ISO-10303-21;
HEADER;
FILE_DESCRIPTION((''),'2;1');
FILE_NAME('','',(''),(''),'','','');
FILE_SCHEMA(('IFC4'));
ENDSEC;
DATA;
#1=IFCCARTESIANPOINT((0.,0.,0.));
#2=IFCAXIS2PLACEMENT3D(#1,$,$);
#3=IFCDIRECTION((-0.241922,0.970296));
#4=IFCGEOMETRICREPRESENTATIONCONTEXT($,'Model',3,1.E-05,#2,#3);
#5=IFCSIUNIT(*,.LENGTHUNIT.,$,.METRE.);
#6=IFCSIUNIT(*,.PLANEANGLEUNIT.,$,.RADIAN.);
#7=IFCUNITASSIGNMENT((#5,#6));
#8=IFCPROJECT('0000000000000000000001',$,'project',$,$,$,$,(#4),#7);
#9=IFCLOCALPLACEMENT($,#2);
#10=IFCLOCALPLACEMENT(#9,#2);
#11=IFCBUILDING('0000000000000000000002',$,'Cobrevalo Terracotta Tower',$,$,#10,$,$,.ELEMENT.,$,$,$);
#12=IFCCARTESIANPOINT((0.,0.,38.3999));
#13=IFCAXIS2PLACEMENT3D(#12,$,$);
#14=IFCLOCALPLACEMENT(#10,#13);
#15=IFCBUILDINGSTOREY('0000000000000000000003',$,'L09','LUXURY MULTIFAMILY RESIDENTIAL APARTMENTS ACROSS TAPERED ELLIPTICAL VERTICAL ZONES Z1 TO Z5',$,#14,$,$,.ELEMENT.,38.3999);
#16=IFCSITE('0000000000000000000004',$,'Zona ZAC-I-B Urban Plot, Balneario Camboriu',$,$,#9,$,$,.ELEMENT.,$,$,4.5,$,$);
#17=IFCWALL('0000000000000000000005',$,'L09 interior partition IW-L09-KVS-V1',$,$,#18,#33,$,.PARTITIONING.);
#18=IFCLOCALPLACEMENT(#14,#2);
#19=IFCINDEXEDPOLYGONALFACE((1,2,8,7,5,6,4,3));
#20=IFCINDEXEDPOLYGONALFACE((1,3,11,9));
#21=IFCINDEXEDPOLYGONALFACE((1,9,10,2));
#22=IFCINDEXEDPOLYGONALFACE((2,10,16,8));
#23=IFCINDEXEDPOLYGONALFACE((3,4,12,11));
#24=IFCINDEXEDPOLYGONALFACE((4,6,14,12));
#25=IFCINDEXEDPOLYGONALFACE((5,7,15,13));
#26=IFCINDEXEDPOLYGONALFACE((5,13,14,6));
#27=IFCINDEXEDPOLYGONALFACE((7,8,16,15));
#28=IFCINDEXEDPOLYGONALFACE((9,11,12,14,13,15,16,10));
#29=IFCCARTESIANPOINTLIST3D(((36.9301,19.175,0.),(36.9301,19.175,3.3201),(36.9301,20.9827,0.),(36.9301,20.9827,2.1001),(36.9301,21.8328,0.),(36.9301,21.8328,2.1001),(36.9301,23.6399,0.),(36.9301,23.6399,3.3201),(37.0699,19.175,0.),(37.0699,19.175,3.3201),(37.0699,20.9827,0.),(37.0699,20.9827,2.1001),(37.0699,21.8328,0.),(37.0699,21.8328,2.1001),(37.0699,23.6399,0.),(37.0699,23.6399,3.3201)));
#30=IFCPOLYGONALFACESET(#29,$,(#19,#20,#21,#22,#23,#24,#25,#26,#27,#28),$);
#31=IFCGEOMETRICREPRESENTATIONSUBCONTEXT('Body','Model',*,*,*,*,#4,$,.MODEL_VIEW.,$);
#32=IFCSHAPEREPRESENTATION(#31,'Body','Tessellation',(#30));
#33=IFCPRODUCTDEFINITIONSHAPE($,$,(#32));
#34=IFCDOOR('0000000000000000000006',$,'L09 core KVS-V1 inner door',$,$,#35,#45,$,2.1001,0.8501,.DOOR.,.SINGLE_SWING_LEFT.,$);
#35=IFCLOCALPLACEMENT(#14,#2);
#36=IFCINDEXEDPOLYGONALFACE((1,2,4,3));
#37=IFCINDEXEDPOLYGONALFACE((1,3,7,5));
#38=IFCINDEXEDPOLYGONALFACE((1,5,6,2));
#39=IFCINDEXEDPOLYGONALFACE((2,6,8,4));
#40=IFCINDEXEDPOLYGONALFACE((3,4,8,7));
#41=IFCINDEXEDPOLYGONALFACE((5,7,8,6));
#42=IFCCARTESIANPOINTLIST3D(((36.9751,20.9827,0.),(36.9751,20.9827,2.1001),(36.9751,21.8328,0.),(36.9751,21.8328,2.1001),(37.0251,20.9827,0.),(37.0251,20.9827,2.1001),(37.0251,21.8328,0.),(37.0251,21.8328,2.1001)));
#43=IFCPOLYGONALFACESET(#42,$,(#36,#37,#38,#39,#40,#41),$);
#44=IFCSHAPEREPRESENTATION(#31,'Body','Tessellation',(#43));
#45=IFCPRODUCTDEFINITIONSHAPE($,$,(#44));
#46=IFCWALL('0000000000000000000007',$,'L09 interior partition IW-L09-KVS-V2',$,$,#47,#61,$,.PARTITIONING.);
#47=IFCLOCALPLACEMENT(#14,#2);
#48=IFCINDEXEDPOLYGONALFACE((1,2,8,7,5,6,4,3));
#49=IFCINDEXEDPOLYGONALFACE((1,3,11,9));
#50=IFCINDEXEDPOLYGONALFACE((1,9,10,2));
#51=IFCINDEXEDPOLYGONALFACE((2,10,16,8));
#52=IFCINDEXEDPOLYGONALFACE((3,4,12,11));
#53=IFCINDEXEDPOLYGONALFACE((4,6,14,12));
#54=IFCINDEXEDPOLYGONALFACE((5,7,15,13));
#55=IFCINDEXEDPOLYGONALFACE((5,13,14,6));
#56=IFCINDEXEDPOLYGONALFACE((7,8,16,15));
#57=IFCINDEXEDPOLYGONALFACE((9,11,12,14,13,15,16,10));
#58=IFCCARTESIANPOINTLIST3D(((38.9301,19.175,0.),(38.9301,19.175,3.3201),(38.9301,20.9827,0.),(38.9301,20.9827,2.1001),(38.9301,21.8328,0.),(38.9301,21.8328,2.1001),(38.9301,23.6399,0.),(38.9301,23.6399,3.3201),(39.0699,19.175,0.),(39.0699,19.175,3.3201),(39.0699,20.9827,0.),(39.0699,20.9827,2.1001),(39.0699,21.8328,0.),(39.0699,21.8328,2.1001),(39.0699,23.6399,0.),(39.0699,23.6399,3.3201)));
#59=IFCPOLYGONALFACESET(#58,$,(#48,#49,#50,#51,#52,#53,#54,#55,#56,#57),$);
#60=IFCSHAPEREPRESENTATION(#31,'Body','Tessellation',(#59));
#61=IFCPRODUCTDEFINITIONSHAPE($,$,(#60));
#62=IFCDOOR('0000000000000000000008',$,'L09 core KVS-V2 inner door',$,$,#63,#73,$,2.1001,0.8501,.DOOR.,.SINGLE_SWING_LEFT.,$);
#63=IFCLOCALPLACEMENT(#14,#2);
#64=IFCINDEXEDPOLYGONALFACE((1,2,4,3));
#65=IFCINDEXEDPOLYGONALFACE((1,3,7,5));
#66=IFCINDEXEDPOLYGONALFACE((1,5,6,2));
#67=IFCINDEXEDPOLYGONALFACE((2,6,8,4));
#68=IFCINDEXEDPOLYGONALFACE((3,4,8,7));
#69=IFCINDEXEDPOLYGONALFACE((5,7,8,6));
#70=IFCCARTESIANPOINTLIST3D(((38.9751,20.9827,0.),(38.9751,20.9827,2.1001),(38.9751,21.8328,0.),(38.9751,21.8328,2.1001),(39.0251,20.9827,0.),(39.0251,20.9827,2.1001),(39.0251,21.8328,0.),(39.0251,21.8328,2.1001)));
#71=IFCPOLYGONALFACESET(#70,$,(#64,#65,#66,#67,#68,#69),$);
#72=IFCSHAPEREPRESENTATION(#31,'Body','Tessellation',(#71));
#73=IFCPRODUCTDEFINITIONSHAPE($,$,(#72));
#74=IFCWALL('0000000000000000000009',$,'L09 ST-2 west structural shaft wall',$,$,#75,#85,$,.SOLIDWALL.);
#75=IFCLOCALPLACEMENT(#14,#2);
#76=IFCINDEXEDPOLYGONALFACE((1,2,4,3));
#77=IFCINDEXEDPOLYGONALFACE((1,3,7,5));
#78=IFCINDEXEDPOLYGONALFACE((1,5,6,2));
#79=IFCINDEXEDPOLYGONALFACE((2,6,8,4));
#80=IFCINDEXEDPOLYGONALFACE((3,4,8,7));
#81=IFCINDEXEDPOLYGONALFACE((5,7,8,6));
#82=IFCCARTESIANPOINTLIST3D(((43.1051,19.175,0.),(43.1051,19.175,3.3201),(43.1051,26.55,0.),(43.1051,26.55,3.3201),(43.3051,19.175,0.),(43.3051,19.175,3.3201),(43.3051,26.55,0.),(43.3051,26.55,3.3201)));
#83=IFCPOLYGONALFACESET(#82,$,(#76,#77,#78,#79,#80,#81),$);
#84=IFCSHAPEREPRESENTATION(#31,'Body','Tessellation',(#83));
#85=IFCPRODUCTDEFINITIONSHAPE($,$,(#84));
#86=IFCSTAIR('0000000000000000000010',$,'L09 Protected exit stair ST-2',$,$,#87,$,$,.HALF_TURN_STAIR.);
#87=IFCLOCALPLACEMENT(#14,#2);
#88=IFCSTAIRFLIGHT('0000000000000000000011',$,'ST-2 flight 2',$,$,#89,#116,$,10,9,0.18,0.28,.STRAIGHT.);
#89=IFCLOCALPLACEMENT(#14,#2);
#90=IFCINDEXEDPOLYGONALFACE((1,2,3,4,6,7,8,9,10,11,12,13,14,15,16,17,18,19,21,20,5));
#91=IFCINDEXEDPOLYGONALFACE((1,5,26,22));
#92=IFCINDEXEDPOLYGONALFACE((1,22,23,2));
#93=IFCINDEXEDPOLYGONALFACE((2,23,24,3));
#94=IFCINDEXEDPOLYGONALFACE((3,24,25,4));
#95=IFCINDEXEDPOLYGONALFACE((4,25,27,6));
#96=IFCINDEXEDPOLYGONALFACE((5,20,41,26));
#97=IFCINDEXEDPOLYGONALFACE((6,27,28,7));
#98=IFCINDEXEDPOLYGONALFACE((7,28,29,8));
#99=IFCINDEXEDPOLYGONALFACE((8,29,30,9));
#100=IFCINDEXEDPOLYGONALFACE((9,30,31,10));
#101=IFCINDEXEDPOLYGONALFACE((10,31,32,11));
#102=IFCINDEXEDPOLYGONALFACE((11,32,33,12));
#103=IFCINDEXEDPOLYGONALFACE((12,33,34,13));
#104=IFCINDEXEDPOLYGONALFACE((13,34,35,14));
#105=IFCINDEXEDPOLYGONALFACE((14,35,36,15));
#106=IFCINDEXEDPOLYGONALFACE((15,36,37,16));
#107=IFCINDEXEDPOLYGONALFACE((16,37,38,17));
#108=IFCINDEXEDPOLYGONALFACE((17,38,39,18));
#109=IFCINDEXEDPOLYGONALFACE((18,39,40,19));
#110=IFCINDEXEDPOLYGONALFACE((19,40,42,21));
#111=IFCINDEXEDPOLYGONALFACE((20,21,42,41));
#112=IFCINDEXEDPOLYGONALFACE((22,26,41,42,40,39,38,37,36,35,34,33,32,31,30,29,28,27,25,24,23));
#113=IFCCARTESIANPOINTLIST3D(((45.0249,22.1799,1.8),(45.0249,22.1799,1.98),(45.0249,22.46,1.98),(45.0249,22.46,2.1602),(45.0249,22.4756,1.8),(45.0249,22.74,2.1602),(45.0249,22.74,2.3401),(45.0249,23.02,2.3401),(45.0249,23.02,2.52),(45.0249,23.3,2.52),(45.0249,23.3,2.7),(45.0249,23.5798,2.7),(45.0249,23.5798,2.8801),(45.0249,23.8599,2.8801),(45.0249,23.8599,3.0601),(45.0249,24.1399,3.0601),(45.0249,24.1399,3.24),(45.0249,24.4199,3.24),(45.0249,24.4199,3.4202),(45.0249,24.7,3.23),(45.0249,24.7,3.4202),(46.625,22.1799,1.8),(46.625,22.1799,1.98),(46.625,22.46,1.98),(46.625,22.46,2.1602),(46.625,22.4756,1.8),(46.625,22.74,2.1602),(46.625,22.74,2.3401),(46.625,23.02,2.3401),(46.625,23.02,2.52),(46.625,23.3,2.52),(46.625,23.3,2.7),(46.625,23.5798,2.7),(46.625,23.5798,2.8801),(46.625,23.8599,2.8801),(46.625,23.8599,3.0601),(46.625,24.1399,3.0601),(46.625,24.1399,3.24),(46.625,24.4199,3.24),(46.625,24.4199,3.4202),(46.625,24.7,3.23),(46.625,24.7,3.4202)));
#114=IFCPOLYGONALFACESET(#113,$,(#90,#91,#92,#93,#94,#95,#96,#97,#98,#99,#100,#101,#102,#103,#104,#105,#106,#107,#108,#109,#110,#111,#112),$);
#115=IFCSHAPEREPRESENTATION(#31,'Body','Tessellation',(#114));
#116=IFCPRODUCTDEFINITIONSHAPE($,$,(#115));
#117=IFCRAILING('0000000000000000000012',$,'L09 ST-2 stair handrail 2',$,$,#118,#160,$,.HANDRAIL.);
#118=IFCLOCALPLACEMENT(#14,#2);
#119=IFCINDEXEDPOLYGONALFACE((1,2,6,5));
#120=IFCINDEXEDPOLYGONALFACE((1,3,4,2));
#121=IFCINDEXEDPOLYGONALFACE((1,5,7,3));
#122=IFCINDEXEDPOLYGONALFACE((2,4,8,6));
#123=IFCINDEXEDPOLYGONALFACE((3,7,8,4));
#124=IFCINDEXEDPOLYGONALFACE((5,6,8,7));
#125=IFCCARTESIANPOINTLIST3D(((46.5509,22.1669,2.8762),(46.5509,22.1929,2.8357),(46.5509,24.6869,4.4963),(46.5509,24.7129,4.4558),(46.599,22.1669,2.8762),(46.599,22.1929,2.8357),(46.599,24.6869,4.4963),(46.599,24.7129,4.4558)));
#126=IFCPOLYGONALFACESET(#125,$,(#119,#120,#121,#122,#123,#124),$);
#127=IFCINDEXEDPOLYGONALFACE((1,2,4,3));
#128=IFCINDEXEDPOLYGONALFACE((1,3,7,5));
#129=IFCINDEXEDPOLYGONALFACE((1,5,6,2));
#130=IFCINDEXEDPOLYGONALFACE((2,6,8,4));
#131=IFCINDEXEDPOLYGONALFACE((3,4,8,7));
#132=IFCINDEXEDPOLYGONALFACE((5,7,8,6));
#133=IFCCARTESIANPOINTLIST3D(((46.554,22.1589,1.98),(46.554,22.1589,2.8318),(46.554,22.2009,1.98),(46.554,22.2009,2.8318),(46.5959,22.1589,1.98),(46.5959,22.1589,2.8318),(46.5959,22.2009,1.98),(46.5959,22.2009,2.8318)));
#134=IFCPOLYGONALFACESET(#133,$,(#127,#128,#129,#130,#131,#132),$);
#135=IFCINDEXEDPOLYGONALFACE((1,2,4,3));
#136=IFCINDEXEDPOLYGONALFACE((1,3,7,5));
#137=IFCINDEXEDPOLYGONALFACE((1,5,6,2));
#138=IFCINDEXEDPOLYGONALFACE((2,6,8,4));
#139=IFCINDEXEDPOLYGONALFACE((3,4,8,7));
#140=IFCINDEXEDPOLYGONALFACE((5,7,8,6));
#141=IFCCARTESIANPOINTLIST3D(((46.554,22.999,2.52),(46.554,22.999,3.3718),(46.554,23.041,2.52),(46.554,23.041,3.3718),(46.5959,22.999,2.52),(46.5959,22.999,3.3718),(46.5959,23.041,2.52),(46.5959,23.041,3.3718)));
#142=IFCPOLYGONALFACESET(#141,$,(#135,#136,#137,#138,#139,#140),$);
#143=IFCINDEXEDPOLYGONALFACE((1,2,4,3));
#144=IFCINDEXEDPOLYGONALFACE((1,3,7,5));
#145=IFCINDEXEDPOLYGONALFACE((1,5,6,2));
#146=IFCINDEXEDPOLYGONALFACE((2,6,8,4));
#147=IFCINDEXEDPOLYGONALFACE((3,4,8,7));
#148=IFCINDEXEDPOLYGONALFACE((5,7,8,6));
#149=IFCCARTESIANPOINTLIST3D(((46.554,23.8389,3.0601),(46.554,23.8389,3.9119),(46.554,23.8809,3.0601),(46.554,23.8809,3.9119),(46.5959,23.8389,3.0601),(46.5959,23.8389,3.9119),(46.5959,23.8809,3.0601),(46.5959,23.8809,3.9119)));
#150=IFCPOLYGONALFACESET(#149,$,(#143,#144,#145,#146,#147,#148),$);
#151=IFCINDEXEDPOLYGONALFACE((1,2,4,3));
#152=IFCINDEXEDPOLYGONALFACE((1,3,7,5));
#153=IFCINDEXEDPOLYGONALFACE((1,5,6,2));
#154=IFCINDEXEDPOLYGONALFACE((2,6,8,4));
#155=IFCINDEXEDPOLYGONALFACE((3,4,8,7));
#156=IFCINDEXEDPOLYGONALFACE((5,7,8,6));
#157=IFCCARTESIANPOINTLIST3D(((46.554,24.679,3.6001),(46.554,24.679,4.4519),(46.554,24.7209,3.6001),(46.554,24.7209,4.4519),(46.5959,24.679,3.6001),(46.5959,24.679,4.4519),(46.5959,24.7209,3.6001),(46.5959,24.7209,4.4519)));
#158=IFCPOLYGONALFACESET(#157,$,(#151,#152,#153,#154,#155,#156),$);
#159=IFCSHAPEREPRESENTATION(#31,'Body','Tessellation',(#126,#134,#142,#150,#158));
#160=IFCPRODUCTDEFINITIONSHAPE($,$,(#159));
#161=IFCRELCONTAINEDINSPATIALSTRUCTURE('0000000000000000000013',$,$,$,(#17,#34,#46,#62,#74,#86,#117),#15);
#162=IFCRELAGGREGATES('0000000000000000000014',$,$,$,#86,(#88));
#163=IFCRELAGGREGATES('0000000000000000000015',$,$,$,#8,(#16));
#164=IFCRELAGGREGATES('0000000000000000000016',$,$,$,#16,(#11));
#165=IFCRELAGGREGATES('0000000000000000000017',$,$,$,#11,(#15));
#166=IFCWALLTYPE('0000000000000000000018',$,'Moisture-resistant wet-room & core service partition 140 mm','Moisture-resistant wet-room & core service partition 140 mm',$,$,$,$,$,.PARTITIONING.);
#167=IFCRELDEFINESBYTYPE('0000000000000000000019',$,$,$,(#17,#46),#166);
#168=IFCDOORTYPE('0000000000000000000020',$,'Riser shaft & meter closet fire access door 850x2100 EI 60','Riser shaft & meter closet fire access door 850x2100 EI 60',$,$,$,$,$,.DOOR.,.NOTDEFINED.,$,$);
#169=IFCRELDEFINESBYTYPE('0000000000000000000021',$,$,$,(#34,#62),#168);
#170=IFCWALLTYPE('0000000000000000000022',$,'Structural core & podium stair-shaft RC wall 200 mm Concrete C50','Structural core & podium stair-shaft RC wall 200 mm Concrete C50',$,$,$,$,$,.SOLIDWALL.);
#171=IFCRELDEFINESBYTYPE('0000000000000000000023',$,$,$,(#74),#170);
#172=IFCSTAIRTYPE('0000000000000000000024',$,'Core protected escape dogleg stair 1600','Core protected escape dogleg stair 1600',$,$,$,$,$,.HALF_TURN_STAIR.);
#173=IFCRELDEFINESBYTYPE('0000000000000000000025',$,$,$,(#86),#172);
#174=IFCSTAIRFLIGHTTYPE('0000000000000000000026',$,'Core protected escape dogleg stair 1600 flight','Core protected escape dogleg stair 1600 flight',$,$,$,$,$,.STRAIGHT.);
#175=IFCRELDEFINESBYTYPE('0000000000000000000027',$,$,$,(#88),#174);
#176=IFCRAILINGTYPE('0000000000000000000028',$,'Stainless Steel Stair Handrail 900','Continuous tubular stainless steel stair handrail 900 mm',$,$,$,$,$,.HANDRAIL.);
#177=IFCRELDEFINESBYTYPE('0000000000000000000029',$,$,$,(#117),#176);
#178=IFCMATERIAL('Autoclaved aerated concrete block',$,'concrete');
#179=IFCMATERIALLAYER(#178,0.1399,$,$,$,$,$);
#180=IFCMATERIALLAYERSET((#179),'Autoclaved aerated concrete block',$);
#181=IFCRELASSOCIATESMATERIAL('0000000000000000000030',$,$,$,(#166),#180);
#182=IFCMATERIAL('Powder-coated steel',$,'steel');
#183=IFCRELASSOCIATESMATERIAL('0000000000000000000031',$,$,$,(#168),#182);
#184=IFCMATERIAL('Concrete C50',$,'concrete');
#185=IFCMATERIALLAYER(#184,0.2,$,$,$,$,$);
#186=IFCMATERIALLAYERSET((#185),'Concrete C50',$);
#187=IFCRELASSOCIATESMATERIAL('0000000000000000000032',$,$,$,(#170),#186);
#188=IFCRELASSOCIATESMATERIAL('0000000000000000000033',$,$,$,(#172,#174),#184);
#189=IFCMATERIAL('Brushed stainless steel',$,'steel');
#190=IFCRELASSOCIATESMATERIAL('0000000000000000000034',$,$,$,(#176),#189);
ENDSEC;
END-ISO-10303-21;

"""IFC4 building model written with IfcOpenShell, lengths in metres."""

from ifc_helpers import new_model, si_unit, direction, frame, frame_2d, origin, origin_2d, place, context, subcontext, project, spatial, polyline, rectangle, outline, extrude, source, transform, mapped, material, layer, layer_set, type_object, element, fill, aggregate, save


model = new_model("IFC4")

# Units and contexts
model_context = context("Model", 3, precision=1e-05, world=origin(), true_north=direction((-0.241922, 0.970296)))
body_context = subcontext(model_context, "Body", "Model", "MODEL_VIEW")
ifc_project = project(units=[si_unit("LENGTHUNIT", "METRE"), si_unit("PLANEANGLEUNIT", "RADIAN")], contexts=[model_context])

# Site, building, storey
site_placement = place(None, origin())
site = spatial("IfcSite", under=ifc_project, at=site_placement, Name="Zona ZAC-I-B Urban Plot, Balneario Camboriu", CompositionType="ELEMENT", RefElevation=4.5)
building_placement = place(site_placement, origin())
building = spatial("IfcBuilding", under=site, at=building_placement, Name="Cobrevalo Terracotta Tower", CompositionType="ELEMENT")
storey_placement = place(building_placement, frame((0.0, 0.0, 38.3999)))
storey = spatial("IfcBuildingStorey", under=building, at=storey_placement, Name="L09", Description="LUXURY MULTIFAMILY RESIDENTIAL APARTMENTS ACROSS TAPERED ELLIPTICAL VERTICAL ZONES Z1 TO Z5", CompositionType="ELEMENT", Elevation=38.3999)

# Shared definitions
ifc_material_1 = material(Name="Autoclaved aerated concrete block", Category="concrete")

# Shared definitions
ifc_layer_1 = layer(ifc_material_1, 0.1399)
ifc_layer_set_1 = layer_set([ifc_layer_1], Name="Autoclaved aerated concrete block")
wall_type_1 = type_object("IfcWallType", Name="Moisture-resistant wet-room & core service partition 140 mm", Description="Moisture-resistant wet-room & core service partition 140 mm", PredefinedType="PARTITIONING", material=ifc_layer_set_1)

# Walls, openings, doors
wall_1_placement = place(storey_placement, frame((37.0, 19.175, 0.0), z_axis=(0.0, 0.0, 1.0), x_axis=(0.0, 1.0, 0.0)))
wall_1 = element("IfcWall", 1, at=wall_1_placement, inside=storey, type_object=wall_type_1, Name="L09 interior partition IW-L09-KVS-V1", PredefinedType="PARTITIONING", context=body_context, shape_type="SweptSolid", body=[
    extrude(rectangle(XDim=4.4648, YDim=0.1399, at=frame_2d((2.2324, 0.0))), origin(), (0.0, 0.0, 1.0), 3.3201),
])
opening_1_placement = place(wall_1_placement, frame((1.8076, 0.0, 0.0)))
opening_1 = element("IfcOpeningElement", 2, at=opening_1_placement, cuts=wall_1, PredefinedType="OPENING", context=body_context, shape_type="SweptSolid", body=[
    extrude(rectangle(XDim=0.8501, YDim=2.1001, at=frame_2d((0.425, 1.05))), frame((0.0, 0.0801, 0.0), z_axis=(0.0, -1.0, 0.0), x_axis=(1.0, 0.0, 0.0)), (0.0, 0.0, 1.0), 0.1599),
])
ifc_material_2 = material(Name="Powder-coated steel", Category="steel")
door_type_1 = type_object("IfcDoorType", Name="Riser shaft & meter closet fire access door 850x2100 EI 60", Description="Riser shaft & meter closet fire access door 850x2100 EI 60", OperationType="NOTDEFINED", PredefinedType="DOOR", material=ifc_material_2)
shared_shape_1 = source(origin(), body_context, "Body", "SweptSolid", [
    extrude(rectangle(XDim=0.8501, YDim=2.1001, at=frame_2d((0.425, 1.05))), frame((0.0, 0.0249, 0.0), z_axis=(0.0, -1.0, 0.0), x_axis=(1.0, 0.0, 0.0)), (0.0, 0.0, 1.0), 0.05),
])
door_1_placement = place(opening_1_placement, origin())
door_1 = element("IfcDoor", 3, at=door_1_placement, inside=storey, type_object=door_type_1, Name="L09 core KVS-V1 inner door", OperationType="SINGLE_SWING_LEFT", OverallHeight=2.1001, OverallWidth=0.8501, PredefinedType="DOOR", context=body_context, shape_type="MappedRepresentation", body=[
    mapped(shared_shape_1, transform((0.0, 0.0, 0.0), scale=1.0)),
])
fill(opening_1, door_1)
wall_2_placement = place(storey_placement, frame((39.0, 19.175, 0.0), z_axis=(0.0, 0.0, 1.0), x_axis=(0.0, 1.0, 0.0)))
wall_2 = element("IfcWall", 4, at=wall_2_placement, inside=storey, type_object=wall_type_1, Name="L09 interior partition IW-L09-KVS-V2", PredefinedType="PARTITIONING", context=body_context, shape_type="SweptSolid", body=[
    extrude(rectangle(XDim=4.4648, YDim=0.1399, at=frame_2d((2.2324, 0.0))), origin(), (0.0, 0.0, 1.0), 3.3201),
])
opening_2_placement = place(wall_2_placement, frame((1.8076, 0.0, 0.0)))
opening_2 = element("IfcOpeningElement", 5, at=opening_2_placement, cuts=wall_2, PredefinedType="OPENING", context=body_context, shape_type="SweptSolid", body=[
    extrude(rectangle(XDim=0.8501, YDim=2.1001, at=frame_2d((0.425, 1.05))), frame((0.0, 0.0801, 0.0), z_axis=(0.0, -1.0, 0.0), x_axis=(1.0, 0.0, 0.0)), (0.0, 0.0, 1.0), 0.1599),
])
door_2_placement = place(opening_2_placement, origin())
door_2 = element("IfcDoor", 6, at=door_2_placement, inside=storey, type_object=door_type_1, Name="L09 core KVS-V2 inner door", OperationType="SINGLE_SWING_LEFT", OverallHeight=2.1001, OverallWidth=0.8501, PredefinedType="DOOR", context=body_context, shape_type="MappedRepresentation", body=[
    mapped(shared_shape_1, transform((0.0, 0.0, 0.0), scale=1.0)),
])
fill(opening_2, door_2)

# Wall
ifc_material_3 = material(Name="Concrete C50", Category="concrete")
ifc_layer_2 = layer(ifc_material_3, 0.2)
ifc_layer_set_2 = layer_set([ifc_layer_2], Name="Concrete C50")
wall_type_2 = type_object("IfcWallType", Name="Structural core & podium stair-shaft RC wall 200 mm Concrete C50", Description="Structural core & podium stair-shaft RC wall 200 mm Concrete C50", PredefinedType="SOLIDWALL", material=ifc_layer_set_2)
wall_3_placement = place(storey_placement, frame((43.2051, 19.175, 0.0), z_axis=(0.0, 0.0, 1.0), x_axis=(0.0, 1.0, 0.0)))
element("IfcWall", 7, at=wall_3_placement, inside=storey, type_object=wall_type_2, Name="L09 ST-2 west structural shaft wall", PredefinedType="SOLIDWALL", context=body_context, shape_type="SweptSolid", body=[
    extrude(rectangle(XDim=7.375, YDim=0.2, at=frame_2d((3.6875, 0.0))), origin(), (0.0, 0.0, 1.0), 3.3201),
])

# Stair, stair flight
stair_type = type_object("IfcStairType", Name="Core protected escape dogleg stair 1600", Description="Core protected escape dogleg stair 1600", PredefinedType="HALF_TURN_STAIR", material=ifc_material_3)
stair_placement = place(storey_placement, origin())
stair = element("IfcStair", 8, at=stair_placement, inside=storey, type_object=stair_type, Name="L09 Protected exit stair ST-2", PredefinedType="HALF_TURN_STAIR")
stair_flight_type = type_object("IfcStairFlightType", Name="Core protected escape dogleg stair 1600 flight", Description="Core protected escape dogleg stair 1600 flight", PredefinedType="STRAIGHT", material=ifc_material_3)
stair_flight_placement = place(storey_placement, frame((45.825, 22.1799, 1.8), z_axis=(0.0, 0.0, 1.0), x_axis=(0.0, 1.0, 0.0)))
stair_flight = element("IfcStairFlight", 9, at=stair_flight_placement, type_object=stair_flight_type, Name="ST-2 flight 2", NumberOfRisers=10, NumberOfTreads=9, PredefinedType="STRAIGHT", RiserHeight=0.18, TreadLength=0.28, context=body_context, shape_type="SweptSolid", body=[
    extrude(outline(polyline([(0.0, 0.0), (0.0, 0.1799), (0.28, 0.1799), (0.28, 0.3601), (0.5601, 0.3601), (0.5601, 0.54), (0.8401, 0.54), (0.8401, 0.72), (1.1201, 0.72), (1.1201, 0.8999), (1.3999, 0.8999), (1.3999, 1.0801), (1.6799, 1.0801), (1.6799, 1.26), (1.96, 1.26), (1.96, 1.4399), (2.24, 1.4399), (2.24, 1.6201), (2.52, 1.6201), (2.52, 1.8), (2.52, 1.4299), (0.2957, 0.0), (0.0, 0.0)])), frame((0.0, 0.8, 0.0), z_axis=(0.0, -1.0, 0.0), x_axis=(1.0, 0.0, 0.0)), (0.0, 0.0, 1.0), 1.6001),
])
aggregate(stair, [stair_flight])

# Railing
ifc_material_4 = material(Name="Brushed stainless steel", Category="steel")
railing_type_1 = type_object("IfcRailingType", Name="Stainless Steel Stair Handrail 900", Description="Continuous tubular stainless steel stair handrail 900 mm", PredefinedType="HANDRAIL", material=ifc_material_4)
railing_1_placement = place(storey_placement, frame((46.575, 22.1799, 1.98)))
element("IfcRailing", 10, at=railing_1_placement, inside=storey, type_object=railing_type_1, Name="L09 ST-2 stair handrail 2", PredefinedType="HANDRAIL", context=body_context, shape_type="SweptSolid", body=[
    extrude(rectangle(XDim=0.0481, YDim=0.0481, at=origin_2d()), frame((0.0, 0.0, 0.876), z_axis=(0.0, 0.841163, 0.540782), x_axis=(-1.0, 0.0, 0.0)), (0.0, 0.0, 1.0), 2.9958),
    extrude(rectangle(XDim=0.042, YDim=0.042, at=origin_2d()), origin(), (0.0, 0.0, 1.0), 0.8518),
    extrude(rectangle(XDim=0.042, YDim=0.042, at=origin_2d()), frame((0.0, 0.8401, 0.54)), (0.0, 0.0, 1.0), 0.8518),
    extrude(rectangle(XDim=0.042, YDim=0.042, at=origin_2d()), frame((0.0, 1.6799, 1.0801)), (0.0, 0.0, 1.0), 0.8518),
    extrude(rectangle(XDim=0.042, YDim=0.042, at=origin_2d()), frame((0.0, 2.52, 1.6201)), (0.0, 0.0, 1.0), 0.8518),
])

save(model, "model.ifc")
